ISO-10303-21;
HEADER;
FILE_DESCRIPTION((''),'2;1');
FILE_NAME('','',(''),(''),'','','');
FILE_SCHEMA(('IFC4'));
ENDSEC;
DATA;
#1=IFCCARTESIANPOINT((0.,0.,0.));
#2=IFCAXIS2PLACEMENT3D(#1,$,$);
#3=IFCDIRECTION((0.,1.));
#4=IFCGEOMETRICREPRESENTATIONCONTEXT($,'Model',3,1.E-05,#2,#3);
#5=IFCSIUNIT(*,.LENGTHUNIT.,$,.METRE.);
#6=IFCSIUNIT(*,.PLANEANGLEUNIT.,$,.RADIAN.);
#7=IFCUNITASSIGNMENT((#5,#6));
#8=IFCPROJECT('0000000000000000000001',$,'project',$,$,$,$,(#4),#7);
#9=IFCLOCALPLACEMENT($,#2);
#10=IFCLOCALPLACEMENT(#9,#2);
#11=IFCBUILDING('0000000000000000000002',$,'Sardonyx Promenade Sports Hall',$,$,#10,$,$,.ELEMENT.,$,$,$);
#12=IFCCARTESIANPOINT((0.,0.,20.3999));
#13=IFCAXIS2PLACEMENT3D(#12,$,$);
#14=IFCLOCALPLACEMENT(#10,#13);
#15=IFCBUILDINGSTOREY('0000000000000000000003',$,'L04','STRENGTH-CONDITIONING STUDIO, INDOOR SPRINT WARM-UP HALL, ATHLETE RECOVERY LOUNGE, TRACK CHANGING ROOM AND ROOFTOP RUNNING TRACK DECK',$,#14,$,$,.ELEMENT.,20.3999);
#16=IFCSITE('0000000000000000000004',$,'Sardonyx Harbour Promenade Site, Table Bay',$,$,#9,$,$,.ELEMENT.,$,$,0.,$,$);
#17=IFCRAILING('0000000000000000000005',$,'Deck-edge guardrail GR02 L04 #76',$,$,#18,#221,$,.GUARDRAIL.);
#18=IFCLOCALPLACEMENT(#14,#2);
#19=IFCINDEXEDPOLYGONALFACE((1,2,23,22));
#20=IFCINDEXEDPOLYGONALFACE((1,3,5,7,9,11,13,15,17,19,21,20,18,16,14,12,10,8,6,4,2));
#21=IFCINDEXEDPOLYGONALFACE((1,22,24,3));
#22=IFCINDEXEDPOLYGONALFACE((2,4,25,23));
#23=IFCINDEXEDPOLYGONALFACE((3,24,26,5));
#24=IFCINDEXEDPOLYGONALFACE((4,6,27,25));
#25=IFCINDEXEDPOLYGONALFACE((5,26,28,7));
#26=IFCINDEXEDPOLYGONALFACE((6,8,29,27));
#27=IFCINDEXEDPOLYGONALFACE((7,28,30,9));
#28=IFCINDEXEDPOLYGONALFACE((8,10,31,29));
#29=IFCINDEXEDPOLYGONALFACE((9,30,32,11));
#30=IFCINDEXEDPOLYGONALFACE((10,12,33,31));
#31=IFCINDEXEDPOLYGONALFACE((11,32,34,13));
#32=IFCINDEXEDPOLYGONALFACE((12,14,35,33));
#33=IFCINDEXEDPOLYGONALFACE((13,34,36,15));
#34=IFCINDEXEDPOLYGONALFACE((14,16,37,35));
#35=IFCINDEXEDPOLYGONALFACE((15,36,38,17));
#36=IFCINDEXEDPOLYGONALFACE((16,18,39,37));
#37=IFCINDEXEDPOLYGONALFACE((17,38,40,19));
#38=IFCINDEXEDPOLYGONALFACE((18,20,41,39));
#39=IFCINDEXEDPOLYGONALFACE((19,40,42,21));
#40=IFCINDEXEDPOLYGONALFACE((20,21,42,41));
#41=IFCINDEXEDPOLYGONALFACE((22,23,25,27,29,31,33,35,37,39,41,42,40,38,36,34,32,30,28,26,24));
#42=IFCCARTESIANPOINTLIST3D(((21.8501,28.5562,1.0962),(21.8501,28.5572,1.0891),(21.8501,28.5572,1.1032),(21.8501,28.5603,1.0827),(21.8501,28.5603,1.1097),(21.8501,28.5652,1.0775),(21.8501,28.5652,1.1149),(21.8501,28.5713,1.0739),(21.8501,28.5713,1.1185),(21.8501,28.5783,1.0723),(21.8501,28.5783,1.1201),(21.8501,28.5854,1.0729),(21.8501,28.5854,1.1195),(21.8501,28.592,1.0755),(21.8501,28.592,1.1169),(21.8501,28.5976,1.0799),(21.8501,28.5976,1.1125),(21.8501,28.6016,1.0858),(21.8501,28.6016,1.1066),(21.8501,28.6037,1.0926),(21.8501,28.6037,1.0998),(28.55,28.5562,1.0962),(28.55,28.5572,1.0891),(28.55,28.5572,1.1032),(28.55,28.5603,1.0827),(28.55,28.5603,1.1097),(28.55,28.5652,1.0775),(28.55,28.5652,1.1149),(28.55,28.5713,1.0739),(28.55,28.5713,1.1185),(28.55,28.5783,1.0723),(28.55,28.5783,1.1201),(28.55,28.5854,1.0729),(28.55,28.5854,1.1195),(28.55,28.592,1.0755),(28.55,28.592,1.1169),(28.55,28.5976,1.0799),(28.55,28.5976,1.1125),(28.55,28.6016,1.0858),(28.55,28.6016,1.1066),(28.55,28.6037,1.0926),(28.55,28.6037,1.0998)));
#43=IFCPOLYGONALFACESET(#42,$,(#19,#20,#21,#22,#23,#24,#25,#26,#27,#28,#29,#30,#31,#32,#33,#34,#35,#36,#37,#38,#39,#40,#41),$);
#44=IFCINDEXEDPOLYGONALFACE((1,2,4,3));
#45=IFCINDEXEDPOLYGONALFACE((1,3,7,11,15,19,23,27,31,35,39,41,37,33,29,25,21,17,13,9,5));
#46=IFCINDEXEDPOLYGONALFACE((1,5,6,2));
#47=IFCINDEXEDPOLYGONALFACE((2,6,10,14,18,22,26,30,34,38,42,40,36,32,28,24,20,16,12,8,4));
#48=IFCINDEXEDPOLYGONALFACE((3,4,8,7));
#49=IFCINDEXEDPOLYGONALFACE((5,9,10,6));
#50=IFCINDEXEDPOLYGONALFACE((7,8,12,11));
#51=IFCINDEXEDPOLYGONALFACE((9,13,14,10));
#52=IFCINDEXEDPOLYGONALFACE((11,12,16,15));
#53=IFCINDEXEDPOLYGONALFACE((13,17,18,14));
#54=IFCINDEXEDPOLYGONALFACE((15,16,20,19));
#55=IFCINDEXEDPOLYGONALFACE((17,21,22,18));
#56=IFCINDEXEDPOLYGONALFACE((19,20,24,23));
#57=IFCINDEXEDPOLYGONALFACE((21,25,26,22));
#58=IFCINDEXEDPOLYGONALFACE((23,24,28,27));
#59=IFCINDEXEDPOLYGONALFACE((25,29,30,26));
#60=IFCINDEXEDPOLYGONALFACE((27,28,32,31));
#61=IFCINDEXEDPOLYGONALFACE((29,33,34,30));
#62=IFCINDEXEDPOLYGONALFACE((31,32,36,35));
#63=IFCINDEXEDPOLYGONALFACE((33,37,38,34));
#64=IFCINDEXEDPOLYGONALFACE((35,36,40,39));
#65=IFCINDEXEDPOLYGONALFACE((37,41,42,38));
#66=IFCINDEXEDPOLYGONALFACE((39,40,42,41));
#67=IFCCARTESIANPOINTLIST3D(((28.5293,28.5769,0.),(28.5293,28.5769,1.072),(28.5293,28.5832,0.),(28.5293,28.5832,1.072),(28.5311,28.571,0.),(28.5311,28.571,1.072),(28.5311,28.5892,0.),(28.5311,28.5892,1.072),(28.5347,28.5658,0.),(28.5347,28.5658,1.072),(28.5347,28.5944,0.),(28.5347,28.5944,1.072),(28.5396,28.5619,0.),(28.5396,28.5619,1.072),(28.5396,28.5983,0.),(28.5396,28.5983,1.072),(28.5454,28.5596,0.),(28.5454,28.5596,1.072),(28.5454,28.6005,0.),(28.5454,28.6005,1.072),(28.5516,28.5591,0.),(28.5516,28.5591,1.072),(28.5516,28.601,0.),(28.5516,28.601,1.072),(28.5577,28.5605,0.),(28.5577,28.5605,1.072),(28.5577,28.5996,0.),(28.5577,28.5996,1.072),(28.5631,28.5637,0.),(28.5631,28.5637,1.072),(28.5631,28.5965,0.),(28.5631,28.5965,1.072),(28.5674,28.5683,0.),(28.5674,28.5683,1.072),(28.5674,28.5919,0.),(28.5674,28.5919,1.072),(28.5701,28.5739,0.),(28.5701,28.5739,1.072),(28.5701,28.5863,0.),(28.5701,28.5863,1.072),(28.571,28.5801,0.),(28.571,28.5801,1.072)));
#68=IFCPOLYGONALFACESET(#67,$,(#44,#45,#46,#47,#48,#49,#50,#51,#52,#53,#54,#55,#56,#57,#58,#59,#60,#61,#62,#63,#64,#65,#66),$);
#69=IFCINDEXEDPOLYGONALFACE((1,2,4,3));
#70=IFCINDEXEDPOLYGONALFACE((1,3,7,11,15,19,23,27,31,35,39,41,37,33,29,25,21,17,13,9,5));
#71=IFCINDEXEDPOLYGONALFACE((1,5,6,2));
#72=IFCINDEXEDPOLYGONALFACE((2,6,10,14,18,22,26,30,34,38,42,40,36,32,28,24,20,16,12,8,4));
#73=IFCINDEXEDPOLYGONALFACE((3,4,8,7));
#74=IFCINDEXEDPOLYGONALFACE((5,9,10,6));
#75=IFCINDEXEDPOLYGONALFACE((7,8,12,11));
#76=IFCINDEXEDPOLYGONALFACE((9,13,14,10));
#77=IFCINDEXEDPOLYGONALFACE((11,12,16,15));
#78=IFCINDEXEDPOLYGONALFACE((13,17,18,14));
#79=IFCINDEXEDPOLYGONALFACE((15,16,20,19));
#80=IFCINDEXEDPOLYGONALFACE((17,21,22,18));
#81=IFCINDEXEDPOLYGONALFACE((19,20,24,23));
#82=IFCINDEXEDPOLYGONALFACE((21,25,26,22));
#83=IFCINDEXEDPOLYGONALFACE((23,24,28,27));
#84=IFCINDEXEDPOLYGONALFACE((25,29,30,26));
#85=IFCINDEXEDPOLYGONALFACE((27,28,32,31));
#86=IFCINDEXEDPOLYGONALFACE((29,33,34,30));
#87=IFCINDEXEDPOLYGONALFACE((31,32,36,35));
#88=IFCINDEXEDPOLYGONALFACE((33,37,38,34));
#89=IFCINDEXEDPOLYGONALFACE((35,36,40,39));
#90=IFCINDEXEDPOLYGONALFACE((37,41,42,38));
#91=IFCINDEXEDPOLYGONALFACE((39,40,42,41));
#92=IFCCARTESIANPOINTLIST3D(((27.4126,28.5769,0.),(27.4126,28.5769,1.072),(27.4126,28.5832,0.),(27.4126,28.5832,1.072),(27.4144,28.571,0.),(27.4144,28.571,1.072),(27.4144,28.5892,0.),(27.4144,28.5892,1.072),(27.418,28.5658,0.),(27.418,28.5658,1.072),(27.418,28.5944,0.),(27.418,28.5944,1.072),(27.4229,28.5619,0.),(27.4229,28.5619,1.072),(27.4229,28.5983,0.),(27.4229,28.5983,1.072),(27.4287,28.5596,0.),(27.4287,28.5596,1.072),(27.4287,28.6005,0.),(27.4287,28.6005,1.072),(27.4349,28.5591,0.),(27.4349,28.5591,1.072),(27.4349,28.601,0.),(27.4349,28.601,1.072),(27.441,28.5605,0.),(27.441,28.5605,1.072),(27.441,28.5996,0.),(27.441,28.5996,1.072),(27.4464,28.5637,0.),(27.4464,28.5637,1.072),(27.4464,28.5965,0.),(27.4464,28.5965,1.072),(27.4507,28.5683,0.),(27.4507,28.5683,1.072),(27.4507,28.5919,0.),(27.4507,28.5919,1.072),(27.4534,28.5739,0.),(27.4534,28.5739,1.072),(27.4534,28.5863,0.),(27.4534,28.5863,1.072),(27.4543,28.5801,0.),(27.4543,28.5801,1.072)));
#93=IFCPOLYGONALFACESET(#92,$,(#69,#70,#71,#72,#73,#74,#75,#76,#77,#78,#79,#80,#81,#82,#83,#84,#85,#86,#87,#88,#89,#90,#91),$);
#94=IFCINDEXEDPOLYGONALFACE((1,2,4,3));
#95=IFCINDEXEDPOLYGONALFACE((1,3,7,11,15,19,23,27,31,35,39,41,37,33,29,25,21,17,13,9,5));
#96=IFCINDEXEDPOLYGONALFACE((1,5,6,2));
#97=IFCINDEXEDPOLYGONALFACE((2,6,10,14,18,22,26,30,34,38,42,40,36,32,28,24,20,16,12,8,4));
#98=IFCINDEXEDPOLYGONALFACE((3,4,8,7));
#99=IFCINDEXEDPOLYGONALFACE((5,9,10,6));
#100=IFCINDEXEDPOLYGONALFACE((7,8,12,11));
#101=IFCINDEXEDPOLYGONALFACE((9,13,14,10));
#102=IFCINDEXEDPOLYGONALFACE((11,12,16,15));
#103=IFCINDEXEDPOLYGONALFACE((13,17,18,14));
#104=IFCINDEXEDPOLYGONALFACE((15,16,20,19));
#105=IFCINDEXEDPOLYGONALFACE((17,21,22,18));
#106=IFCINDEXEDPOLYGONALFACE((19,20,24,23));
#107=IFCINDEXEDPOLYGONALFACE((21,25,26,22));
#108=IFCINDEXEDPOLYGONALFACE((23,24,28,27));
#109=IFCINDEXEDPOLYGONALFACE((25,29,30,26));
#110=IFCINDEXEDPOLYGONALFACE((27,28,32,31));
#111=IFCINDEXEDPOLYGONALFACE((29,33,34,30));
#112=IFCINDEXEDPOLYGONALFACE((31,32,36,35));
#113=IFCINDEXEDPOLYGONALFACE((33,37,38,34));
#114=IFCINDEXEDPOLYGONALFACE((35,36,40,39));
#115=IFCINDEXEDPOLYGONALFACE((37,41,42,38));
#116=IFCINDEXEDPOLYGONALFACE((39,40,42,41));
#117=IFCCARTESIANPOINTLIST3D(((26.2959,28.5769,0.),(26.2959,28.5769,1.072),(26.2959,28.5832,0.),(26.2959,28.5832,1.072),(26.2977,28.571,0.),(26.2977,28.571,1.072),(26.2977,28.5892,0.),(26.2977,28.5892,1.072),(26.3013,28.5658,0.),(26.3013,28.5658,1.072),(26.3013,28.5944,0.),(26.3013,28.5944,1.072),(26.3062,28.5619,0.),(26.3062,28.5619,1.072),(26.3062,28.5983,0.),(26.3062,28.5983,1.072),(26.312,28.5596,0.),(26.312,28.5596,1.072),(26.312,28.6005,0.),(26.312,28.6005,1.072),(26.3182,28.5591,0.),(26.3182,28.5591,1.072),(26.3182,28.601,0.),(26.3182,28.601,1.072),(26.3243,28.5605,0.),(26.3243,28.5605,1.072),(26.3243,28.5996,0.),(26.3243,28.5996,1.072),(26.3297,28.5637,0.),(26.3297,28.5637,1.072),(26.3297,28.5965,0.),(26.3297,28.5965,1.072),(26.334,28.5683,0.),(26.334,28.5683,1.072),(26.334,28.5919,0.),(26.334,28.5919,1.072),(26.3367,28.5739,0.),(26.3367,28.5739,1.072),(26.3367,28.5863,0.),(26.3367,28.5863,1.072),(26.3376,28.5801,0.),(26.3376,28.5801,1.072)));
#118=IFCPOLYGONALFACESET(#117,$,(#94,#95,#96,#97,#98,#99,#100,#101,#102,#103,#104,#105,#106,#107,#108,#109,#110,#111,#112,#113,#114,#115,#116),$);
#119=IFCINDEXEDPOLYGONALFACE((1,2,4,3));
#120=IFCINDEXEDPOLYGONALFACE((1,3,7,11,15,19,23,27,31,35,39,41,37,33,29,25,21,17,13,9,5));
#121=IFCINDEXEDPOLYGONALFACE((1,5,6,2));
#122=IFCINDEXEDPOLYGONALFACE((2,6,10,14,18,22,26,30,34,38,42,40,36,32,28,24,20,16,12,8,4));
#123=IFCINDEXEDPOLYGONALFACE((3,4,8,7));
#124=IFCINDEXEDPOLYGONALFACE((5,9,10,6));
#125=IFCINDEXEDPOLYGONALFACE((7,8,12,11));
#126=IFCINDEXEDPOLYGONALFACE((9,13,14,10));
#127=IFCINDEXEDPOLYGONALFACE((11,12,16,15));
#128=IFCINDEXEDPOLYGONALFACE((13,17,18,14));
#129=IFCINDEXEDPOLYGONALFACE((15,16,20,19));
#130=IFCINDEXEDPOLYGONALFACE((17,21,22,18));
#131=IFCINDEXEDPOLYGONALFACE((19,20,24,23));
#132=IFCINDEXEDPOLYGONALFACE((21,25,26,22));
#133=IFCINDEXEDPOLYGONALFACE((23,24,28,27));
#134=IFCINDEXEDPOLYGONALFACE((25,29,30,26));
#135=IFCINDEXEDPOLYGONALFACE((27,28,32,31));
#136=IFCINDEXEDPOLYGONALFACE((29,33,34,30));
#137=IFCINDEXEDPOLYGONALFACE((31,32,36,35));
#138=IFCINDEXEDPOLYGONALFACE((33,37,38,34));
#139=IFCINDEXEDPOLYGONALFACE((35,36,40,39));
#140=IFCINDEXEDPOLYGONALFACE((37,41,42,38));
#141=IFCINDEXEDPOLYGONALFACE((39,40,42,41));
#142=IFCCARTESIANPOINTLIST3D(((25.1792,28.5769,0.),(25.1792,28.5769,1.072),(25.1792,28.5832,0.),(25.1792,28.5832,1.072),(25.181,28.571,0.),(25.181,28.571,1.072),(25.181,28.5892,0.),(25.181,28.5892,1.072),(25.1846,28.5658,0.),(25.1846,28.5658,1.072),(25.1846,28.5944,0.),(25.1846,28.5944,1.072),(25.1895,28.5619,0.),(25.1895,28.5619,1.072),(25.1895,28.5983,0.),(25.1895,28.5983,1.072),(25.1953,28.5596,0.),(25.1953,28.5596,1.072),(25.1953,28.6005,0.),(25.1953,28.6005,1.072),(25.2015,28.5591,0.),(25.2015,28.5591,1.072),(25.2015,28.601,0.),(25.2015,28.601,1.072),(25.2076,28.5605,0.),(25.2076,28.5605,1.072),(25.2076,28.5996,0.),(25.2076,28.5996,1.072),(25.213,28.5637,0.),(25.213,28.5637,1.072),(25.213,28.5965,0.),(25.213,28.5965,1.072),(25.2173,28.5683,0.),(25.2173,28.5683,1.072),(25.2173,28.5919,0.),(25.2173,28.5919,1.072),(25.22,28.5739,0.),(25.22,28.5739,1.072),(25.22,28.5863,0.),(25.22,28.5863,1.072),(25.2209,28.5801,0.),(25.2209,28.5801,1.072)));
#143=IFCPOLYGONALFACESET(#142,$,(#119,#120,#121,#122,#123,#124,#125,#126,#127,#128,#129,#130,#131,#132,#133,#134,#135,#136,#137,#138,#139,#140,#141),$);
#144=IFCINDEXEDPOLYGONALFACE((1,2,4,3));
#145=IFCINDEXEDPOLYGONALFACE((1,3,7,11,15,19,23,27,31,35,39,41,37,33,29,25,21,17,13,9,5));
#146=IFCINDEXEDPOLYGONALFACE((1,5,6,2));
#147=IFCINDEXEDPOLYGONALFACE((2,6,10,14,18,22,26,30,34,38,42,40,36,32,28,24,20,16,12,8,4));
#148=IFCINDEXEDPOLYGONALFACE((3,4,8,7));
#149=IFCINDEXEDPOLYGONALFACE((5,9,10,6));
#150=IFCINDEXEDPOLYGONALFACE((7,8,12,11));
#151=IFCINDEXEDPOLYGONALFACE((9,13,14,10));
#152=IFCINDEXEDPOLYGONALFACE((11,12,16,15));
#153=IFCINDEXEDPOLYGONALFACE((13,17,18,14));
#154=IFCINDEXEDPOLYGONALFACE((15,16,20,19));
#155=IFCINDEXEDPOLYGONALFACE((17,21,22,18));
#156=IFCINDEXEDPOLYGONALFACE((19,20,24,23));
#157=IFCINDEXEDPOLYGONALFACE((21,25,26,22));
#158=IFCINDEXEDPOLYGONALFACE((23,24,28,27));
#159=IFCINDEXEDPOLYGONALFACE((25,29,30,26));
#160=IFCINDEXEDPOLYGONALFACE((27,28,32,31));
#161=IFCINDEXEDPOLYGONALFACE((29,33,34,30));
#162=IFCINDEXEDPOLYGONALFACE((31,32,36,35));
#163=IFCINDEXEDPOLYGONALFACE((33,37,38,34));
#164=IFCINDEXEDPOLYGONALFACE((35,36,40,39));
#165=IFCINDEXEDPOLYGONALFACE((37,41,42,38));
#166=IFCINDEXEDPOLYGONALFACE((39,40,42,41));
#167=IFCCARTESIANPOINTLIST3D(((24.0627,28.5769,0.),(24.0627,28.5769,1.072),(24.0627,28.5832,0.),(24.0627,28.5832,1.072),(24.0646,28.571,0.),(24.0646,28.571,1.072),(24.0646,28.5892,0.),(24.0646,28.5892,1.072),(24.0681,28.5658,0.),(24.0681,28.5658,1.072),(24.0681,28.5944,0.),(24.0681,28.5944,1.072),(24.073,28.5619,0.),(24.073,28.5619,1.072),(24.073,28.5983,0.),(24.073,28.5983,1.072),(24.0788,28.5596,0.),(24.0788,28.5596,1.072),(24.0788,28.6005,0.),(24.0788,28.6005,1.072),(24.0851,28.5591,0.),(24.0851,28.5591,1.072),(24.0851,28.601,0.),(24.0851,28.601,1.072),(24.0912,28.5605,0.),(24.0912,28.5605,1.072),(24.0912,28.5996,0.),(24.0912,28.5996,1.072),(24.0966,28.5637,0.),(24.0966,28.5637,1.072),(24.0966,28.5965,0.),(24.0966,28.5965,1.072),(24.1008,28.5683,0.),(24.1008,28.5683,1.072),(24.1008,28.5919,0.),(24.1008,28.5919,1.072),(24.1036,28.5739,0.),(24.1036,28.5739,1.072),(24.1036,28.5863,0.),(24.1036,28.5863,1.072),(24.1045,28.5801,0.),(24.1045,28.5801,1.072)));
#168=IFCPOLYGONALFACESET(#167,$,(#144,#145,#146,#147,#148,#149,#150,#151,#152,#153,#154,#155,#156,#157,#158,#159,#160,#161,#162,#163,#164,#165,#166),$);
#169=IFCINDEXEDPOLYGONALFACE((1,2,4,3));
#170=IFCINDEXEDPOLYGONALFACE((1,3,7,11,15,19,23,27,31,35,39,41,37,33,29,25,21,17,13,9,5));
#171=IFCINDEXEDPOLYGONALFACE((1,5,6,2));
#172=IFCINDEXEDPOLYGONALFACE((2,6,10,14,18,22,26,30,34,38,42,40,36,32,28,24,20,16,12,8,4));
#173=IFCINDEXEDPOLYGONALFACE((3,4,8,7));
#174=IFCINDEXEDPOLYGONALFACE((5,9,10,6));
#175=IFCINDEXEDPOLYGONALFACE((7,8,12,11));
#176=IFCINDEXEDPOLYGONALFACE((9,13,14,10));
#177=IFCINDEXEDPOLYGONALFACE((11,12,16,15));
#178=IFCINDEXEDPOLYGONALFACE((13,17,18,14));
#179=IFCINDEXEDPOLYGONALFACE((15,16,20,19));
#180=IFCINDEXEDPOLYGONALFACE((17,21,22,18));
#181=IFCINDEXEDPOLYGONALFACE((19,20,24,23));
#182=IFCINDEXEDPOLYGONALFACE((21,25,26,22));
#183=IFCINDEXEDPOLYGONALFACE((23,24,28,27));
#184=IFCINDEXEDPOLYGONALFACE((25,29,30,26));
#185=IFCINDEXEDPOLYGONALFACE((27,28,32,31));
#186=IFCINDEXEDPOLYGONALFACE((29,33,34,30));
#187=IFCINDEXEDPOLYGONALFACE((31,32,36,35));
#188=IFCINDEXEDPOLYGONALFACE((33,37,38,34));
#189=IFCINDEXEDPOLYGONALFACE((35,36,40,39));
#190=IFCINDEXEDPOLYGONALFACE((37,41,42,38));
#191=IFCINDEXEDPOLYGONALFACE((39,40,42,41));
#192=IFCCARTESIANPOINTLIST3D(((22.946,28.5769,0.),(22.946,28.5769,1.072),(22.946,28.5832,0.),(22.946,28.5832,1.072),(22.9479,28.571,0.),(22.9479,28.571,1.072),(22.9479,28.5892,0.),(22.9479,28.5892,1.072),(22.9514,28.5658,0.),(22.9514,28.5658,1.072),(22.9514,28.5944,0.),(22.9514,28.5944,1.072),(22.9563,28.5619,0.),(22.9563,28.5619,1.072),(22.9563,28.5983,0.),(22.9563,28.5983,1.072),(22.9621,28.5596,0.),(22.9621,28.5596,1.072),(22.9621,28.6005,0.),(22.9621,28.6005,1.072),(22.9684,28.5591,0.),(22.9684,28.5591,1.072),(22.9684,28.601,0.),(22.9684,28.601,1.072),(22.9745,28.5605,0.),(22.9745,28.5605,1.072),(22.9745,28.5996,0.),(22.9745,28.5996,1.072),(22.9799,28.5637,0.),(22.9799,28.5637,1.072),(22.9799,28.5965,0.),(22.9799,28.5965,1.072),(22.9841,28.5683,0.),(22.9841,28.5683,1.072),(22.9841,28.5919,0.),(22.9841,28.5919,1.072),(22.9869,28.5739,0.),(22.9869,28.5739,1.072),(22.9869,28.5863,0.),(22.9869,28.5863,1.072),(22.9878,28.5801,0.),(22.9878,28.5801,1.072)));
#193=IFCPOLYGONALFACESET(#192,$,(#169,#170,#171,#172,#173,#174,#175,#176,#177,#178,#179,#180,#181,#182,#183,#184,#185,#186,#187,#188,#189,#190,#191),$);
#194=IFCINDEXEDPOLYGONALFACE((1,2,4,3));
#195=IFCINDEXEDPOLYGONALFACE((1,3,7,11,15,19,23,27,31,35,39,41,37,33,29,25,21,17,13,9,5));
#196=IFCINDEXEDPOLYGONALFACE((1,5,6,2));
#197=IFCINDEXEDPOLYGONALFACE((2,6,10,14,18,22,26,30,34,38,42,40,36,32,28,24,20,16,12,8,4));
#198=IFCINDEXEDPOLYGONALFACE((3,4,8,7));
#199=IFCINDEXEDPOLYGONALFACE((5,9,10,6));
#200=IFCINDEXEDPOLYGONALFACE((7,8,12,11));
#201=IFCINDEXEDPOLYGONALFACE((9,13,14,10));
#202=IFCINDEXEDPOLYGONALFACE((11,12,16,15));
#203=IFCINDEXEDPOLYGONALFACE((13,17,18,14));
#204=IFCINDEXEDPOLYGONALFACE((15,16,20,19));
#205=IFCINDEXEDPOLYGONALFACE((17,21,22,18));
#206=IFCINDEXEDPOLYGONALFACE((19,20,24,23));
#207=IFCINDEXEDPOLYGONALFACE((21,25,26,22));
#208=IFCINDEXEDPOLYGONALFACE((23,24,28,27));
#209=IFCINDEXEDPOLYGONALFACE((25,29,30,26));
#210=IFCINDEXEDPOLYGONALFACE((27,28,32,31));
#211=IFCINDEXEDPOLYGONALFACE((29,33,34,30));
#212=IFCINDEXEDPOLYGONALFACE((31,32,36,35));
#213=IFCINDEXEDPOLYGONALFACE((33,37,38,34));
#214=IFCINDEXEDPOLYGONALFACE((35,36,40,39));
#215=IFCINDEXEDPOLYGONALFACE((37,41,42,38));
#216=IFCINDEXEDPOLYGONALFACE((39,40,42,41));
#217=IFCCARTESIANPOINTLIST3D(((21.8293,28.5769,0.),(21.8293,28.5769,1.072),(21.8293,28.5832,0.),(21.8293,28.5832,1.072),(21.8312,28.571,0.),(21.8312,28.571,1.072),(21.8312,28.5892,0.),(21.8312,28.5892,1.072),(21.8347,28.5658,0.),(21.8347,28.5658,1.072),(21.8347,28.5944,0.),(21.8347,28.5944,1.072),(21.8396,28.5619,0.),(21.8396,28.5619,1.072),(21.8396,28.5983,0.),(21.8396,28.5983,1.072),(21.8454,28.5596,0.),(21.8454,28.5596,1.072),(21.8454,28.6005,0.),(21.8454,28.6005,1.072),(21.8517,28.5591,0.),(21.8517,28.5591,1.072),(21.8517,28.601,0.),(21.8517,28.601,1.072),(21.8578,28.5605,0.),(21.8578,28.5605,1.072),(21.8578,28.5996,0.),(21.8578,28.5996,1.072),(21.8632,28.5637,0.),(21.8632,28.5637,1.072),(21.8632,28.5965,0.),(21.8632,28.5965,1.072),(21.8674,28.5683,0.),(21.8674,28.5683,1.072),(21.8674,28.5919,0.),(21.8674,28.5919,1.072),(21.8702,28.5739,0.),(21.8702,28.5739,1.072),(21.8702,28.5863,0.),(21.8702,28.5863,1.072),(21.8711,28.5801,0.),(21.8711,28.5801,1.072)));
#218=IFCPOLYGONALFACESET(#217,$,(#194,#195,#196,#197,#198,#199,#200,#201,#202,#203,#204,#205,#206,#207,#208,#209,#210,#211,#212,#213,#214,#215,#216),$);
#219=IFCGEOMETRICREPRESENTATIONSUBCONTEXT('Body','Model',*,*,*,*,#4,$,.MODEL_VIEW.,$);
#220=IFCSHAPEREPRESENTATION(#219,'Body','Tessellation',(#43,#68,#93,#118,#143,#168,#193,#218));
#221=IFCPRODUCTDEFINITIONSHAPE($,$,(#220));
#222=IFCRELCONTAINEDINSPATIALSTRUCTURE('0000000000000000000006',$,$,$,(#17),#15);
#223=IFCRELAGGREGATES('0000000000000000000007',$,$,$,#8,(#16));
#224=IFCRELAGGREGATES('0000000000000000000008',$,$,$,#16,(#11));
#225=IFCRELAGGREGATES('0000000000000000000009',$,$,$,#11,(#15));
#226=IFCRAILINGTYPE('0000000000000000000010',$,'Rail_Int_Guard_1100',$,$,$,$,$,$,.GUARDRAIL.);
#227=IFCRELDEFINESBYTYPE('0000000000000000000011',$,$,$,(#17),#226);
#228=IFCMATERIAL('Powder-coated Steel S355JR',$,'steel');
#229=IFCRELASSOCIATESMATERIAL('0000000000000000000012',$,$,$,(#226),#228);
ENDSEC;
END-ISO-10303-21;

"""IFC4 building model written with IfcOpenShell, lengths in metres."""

from ifc_helpers import new_model, si_unit, direction, frame, origin, origin_2d, place, context, subcontext, project, spatial, circle, extrude, material, type_object, element, save


model = new_model("IFC4")

# Units and contexts
model_context = context("Model", 3, precision=1e-05, world=origin(), true_north=direction((0.0, 1.0)))
body_context = subcontext(model_context, "Body", "Model", "MODEL_VIEW")
ifc_project = project(units=[si_unit("LENGTHUNIT", "METRE"), si_unit("PLANEANGLEUNIT", "RADIAN")], contexts=[model_context])

# Site, building, storey
site_placement = place(None, origin())
site = spatial("IfcSite", under=ifc_project, at=site_placement, Name="Sardonyx Harbour Promenade Site, Table Bay", CompositionType="ELEMENT", RefElevation=0.0)
building_placement = place(site_placement, origin())
building = spatial("IfcBuilding", under=site, at=building_placement, Name="Sardonyx Promenade Sports Hall", CompositionType="ELEMENT")
storey_placement = place(building_placement, frame((0.0, 0.0, 20.3999)))
storey = spatial("IfcBuildingStorey", under=building, at=storey_placement, Name="L04", Description="STRENGTH-CONDITIONING STUDIO, INDOOR SPRINT WARM-UP HALL, ATHLETE RECOVERY LOUNGE, TRACK CHANGING ROOM AND ROOFTOP RUNNING TRACK DECK", CompositionType="ELEMENT", Elevation=20.3999)

# Railing
ifc_material_1 = material(Name="Powder-coated Steel S355JR", Category="steel")
railing_type_1 = type_object("IfcRailingType", Name="Rail_Int_Guard_1100", PredefinedType="GUARDRAIL", material=ifc_material_1)
railing_1_placement = place(storey_placement, frame((28.55, 28.5801, 0.0)))
element("IfcRailing", 1, at=railing_1_placement, inside=storey, type_object=railing_type_1, Name="Deck-edge guardrail GR02 L04 #76", PredefinedType="GUARDRAIL", context=body_context, shape_type="SweptSolid", body=[
    extrude(circle(Radius=0.0239, at=origin_2d()), frame((0.0, 0.0, 1.0962), z_axis=(-1.0, 0.0, 0.0), x_axis=(0.0, -1.0, 0.0)), (0.0, 0.0, 1.0), 6.7),
    extrude(circle(Radius=0.021, at=origin_2d()), origin(), (0.0, 0.0, 1.0), 1.072),
    extrude(circle(Radius=0.021, at=origin_2d()), frame((-1.1167, 0.0, 0.0)), (0.0, 0.0, 1.0), 1.072),
    extrude(circle(Radius=0.021, at=origin_2d()), frame((-2.2334, 0.0, 0.0)), (0.0, 0.0, 1.0), 1.072),
    extrude(circle(Radius=0.021, at=origin_2d()), frame((-3.3501, 0.0, 0.0)), (0.0, 0.0, 1.0), 1.072),
    extrude(circle(Radius=0.021, at=origin_2d()), frame((-4.4666, 0.0, 0.0)), (0.0, 0.0, 1.0), 1.072),
    extrude(circle(Radius=0.021, at=origin_2d()), frame((-5.5833, 0.0, 0.0)), (0.0, 0.0, 1.0), 1.072),
    extrude(circle(Radius=0.021, at=origin_2d()), frame((-6.7, 0.0, 0.0)), (0.0, 0.0, 1.0), 1.072),
])

save(model, "model.ifc")
